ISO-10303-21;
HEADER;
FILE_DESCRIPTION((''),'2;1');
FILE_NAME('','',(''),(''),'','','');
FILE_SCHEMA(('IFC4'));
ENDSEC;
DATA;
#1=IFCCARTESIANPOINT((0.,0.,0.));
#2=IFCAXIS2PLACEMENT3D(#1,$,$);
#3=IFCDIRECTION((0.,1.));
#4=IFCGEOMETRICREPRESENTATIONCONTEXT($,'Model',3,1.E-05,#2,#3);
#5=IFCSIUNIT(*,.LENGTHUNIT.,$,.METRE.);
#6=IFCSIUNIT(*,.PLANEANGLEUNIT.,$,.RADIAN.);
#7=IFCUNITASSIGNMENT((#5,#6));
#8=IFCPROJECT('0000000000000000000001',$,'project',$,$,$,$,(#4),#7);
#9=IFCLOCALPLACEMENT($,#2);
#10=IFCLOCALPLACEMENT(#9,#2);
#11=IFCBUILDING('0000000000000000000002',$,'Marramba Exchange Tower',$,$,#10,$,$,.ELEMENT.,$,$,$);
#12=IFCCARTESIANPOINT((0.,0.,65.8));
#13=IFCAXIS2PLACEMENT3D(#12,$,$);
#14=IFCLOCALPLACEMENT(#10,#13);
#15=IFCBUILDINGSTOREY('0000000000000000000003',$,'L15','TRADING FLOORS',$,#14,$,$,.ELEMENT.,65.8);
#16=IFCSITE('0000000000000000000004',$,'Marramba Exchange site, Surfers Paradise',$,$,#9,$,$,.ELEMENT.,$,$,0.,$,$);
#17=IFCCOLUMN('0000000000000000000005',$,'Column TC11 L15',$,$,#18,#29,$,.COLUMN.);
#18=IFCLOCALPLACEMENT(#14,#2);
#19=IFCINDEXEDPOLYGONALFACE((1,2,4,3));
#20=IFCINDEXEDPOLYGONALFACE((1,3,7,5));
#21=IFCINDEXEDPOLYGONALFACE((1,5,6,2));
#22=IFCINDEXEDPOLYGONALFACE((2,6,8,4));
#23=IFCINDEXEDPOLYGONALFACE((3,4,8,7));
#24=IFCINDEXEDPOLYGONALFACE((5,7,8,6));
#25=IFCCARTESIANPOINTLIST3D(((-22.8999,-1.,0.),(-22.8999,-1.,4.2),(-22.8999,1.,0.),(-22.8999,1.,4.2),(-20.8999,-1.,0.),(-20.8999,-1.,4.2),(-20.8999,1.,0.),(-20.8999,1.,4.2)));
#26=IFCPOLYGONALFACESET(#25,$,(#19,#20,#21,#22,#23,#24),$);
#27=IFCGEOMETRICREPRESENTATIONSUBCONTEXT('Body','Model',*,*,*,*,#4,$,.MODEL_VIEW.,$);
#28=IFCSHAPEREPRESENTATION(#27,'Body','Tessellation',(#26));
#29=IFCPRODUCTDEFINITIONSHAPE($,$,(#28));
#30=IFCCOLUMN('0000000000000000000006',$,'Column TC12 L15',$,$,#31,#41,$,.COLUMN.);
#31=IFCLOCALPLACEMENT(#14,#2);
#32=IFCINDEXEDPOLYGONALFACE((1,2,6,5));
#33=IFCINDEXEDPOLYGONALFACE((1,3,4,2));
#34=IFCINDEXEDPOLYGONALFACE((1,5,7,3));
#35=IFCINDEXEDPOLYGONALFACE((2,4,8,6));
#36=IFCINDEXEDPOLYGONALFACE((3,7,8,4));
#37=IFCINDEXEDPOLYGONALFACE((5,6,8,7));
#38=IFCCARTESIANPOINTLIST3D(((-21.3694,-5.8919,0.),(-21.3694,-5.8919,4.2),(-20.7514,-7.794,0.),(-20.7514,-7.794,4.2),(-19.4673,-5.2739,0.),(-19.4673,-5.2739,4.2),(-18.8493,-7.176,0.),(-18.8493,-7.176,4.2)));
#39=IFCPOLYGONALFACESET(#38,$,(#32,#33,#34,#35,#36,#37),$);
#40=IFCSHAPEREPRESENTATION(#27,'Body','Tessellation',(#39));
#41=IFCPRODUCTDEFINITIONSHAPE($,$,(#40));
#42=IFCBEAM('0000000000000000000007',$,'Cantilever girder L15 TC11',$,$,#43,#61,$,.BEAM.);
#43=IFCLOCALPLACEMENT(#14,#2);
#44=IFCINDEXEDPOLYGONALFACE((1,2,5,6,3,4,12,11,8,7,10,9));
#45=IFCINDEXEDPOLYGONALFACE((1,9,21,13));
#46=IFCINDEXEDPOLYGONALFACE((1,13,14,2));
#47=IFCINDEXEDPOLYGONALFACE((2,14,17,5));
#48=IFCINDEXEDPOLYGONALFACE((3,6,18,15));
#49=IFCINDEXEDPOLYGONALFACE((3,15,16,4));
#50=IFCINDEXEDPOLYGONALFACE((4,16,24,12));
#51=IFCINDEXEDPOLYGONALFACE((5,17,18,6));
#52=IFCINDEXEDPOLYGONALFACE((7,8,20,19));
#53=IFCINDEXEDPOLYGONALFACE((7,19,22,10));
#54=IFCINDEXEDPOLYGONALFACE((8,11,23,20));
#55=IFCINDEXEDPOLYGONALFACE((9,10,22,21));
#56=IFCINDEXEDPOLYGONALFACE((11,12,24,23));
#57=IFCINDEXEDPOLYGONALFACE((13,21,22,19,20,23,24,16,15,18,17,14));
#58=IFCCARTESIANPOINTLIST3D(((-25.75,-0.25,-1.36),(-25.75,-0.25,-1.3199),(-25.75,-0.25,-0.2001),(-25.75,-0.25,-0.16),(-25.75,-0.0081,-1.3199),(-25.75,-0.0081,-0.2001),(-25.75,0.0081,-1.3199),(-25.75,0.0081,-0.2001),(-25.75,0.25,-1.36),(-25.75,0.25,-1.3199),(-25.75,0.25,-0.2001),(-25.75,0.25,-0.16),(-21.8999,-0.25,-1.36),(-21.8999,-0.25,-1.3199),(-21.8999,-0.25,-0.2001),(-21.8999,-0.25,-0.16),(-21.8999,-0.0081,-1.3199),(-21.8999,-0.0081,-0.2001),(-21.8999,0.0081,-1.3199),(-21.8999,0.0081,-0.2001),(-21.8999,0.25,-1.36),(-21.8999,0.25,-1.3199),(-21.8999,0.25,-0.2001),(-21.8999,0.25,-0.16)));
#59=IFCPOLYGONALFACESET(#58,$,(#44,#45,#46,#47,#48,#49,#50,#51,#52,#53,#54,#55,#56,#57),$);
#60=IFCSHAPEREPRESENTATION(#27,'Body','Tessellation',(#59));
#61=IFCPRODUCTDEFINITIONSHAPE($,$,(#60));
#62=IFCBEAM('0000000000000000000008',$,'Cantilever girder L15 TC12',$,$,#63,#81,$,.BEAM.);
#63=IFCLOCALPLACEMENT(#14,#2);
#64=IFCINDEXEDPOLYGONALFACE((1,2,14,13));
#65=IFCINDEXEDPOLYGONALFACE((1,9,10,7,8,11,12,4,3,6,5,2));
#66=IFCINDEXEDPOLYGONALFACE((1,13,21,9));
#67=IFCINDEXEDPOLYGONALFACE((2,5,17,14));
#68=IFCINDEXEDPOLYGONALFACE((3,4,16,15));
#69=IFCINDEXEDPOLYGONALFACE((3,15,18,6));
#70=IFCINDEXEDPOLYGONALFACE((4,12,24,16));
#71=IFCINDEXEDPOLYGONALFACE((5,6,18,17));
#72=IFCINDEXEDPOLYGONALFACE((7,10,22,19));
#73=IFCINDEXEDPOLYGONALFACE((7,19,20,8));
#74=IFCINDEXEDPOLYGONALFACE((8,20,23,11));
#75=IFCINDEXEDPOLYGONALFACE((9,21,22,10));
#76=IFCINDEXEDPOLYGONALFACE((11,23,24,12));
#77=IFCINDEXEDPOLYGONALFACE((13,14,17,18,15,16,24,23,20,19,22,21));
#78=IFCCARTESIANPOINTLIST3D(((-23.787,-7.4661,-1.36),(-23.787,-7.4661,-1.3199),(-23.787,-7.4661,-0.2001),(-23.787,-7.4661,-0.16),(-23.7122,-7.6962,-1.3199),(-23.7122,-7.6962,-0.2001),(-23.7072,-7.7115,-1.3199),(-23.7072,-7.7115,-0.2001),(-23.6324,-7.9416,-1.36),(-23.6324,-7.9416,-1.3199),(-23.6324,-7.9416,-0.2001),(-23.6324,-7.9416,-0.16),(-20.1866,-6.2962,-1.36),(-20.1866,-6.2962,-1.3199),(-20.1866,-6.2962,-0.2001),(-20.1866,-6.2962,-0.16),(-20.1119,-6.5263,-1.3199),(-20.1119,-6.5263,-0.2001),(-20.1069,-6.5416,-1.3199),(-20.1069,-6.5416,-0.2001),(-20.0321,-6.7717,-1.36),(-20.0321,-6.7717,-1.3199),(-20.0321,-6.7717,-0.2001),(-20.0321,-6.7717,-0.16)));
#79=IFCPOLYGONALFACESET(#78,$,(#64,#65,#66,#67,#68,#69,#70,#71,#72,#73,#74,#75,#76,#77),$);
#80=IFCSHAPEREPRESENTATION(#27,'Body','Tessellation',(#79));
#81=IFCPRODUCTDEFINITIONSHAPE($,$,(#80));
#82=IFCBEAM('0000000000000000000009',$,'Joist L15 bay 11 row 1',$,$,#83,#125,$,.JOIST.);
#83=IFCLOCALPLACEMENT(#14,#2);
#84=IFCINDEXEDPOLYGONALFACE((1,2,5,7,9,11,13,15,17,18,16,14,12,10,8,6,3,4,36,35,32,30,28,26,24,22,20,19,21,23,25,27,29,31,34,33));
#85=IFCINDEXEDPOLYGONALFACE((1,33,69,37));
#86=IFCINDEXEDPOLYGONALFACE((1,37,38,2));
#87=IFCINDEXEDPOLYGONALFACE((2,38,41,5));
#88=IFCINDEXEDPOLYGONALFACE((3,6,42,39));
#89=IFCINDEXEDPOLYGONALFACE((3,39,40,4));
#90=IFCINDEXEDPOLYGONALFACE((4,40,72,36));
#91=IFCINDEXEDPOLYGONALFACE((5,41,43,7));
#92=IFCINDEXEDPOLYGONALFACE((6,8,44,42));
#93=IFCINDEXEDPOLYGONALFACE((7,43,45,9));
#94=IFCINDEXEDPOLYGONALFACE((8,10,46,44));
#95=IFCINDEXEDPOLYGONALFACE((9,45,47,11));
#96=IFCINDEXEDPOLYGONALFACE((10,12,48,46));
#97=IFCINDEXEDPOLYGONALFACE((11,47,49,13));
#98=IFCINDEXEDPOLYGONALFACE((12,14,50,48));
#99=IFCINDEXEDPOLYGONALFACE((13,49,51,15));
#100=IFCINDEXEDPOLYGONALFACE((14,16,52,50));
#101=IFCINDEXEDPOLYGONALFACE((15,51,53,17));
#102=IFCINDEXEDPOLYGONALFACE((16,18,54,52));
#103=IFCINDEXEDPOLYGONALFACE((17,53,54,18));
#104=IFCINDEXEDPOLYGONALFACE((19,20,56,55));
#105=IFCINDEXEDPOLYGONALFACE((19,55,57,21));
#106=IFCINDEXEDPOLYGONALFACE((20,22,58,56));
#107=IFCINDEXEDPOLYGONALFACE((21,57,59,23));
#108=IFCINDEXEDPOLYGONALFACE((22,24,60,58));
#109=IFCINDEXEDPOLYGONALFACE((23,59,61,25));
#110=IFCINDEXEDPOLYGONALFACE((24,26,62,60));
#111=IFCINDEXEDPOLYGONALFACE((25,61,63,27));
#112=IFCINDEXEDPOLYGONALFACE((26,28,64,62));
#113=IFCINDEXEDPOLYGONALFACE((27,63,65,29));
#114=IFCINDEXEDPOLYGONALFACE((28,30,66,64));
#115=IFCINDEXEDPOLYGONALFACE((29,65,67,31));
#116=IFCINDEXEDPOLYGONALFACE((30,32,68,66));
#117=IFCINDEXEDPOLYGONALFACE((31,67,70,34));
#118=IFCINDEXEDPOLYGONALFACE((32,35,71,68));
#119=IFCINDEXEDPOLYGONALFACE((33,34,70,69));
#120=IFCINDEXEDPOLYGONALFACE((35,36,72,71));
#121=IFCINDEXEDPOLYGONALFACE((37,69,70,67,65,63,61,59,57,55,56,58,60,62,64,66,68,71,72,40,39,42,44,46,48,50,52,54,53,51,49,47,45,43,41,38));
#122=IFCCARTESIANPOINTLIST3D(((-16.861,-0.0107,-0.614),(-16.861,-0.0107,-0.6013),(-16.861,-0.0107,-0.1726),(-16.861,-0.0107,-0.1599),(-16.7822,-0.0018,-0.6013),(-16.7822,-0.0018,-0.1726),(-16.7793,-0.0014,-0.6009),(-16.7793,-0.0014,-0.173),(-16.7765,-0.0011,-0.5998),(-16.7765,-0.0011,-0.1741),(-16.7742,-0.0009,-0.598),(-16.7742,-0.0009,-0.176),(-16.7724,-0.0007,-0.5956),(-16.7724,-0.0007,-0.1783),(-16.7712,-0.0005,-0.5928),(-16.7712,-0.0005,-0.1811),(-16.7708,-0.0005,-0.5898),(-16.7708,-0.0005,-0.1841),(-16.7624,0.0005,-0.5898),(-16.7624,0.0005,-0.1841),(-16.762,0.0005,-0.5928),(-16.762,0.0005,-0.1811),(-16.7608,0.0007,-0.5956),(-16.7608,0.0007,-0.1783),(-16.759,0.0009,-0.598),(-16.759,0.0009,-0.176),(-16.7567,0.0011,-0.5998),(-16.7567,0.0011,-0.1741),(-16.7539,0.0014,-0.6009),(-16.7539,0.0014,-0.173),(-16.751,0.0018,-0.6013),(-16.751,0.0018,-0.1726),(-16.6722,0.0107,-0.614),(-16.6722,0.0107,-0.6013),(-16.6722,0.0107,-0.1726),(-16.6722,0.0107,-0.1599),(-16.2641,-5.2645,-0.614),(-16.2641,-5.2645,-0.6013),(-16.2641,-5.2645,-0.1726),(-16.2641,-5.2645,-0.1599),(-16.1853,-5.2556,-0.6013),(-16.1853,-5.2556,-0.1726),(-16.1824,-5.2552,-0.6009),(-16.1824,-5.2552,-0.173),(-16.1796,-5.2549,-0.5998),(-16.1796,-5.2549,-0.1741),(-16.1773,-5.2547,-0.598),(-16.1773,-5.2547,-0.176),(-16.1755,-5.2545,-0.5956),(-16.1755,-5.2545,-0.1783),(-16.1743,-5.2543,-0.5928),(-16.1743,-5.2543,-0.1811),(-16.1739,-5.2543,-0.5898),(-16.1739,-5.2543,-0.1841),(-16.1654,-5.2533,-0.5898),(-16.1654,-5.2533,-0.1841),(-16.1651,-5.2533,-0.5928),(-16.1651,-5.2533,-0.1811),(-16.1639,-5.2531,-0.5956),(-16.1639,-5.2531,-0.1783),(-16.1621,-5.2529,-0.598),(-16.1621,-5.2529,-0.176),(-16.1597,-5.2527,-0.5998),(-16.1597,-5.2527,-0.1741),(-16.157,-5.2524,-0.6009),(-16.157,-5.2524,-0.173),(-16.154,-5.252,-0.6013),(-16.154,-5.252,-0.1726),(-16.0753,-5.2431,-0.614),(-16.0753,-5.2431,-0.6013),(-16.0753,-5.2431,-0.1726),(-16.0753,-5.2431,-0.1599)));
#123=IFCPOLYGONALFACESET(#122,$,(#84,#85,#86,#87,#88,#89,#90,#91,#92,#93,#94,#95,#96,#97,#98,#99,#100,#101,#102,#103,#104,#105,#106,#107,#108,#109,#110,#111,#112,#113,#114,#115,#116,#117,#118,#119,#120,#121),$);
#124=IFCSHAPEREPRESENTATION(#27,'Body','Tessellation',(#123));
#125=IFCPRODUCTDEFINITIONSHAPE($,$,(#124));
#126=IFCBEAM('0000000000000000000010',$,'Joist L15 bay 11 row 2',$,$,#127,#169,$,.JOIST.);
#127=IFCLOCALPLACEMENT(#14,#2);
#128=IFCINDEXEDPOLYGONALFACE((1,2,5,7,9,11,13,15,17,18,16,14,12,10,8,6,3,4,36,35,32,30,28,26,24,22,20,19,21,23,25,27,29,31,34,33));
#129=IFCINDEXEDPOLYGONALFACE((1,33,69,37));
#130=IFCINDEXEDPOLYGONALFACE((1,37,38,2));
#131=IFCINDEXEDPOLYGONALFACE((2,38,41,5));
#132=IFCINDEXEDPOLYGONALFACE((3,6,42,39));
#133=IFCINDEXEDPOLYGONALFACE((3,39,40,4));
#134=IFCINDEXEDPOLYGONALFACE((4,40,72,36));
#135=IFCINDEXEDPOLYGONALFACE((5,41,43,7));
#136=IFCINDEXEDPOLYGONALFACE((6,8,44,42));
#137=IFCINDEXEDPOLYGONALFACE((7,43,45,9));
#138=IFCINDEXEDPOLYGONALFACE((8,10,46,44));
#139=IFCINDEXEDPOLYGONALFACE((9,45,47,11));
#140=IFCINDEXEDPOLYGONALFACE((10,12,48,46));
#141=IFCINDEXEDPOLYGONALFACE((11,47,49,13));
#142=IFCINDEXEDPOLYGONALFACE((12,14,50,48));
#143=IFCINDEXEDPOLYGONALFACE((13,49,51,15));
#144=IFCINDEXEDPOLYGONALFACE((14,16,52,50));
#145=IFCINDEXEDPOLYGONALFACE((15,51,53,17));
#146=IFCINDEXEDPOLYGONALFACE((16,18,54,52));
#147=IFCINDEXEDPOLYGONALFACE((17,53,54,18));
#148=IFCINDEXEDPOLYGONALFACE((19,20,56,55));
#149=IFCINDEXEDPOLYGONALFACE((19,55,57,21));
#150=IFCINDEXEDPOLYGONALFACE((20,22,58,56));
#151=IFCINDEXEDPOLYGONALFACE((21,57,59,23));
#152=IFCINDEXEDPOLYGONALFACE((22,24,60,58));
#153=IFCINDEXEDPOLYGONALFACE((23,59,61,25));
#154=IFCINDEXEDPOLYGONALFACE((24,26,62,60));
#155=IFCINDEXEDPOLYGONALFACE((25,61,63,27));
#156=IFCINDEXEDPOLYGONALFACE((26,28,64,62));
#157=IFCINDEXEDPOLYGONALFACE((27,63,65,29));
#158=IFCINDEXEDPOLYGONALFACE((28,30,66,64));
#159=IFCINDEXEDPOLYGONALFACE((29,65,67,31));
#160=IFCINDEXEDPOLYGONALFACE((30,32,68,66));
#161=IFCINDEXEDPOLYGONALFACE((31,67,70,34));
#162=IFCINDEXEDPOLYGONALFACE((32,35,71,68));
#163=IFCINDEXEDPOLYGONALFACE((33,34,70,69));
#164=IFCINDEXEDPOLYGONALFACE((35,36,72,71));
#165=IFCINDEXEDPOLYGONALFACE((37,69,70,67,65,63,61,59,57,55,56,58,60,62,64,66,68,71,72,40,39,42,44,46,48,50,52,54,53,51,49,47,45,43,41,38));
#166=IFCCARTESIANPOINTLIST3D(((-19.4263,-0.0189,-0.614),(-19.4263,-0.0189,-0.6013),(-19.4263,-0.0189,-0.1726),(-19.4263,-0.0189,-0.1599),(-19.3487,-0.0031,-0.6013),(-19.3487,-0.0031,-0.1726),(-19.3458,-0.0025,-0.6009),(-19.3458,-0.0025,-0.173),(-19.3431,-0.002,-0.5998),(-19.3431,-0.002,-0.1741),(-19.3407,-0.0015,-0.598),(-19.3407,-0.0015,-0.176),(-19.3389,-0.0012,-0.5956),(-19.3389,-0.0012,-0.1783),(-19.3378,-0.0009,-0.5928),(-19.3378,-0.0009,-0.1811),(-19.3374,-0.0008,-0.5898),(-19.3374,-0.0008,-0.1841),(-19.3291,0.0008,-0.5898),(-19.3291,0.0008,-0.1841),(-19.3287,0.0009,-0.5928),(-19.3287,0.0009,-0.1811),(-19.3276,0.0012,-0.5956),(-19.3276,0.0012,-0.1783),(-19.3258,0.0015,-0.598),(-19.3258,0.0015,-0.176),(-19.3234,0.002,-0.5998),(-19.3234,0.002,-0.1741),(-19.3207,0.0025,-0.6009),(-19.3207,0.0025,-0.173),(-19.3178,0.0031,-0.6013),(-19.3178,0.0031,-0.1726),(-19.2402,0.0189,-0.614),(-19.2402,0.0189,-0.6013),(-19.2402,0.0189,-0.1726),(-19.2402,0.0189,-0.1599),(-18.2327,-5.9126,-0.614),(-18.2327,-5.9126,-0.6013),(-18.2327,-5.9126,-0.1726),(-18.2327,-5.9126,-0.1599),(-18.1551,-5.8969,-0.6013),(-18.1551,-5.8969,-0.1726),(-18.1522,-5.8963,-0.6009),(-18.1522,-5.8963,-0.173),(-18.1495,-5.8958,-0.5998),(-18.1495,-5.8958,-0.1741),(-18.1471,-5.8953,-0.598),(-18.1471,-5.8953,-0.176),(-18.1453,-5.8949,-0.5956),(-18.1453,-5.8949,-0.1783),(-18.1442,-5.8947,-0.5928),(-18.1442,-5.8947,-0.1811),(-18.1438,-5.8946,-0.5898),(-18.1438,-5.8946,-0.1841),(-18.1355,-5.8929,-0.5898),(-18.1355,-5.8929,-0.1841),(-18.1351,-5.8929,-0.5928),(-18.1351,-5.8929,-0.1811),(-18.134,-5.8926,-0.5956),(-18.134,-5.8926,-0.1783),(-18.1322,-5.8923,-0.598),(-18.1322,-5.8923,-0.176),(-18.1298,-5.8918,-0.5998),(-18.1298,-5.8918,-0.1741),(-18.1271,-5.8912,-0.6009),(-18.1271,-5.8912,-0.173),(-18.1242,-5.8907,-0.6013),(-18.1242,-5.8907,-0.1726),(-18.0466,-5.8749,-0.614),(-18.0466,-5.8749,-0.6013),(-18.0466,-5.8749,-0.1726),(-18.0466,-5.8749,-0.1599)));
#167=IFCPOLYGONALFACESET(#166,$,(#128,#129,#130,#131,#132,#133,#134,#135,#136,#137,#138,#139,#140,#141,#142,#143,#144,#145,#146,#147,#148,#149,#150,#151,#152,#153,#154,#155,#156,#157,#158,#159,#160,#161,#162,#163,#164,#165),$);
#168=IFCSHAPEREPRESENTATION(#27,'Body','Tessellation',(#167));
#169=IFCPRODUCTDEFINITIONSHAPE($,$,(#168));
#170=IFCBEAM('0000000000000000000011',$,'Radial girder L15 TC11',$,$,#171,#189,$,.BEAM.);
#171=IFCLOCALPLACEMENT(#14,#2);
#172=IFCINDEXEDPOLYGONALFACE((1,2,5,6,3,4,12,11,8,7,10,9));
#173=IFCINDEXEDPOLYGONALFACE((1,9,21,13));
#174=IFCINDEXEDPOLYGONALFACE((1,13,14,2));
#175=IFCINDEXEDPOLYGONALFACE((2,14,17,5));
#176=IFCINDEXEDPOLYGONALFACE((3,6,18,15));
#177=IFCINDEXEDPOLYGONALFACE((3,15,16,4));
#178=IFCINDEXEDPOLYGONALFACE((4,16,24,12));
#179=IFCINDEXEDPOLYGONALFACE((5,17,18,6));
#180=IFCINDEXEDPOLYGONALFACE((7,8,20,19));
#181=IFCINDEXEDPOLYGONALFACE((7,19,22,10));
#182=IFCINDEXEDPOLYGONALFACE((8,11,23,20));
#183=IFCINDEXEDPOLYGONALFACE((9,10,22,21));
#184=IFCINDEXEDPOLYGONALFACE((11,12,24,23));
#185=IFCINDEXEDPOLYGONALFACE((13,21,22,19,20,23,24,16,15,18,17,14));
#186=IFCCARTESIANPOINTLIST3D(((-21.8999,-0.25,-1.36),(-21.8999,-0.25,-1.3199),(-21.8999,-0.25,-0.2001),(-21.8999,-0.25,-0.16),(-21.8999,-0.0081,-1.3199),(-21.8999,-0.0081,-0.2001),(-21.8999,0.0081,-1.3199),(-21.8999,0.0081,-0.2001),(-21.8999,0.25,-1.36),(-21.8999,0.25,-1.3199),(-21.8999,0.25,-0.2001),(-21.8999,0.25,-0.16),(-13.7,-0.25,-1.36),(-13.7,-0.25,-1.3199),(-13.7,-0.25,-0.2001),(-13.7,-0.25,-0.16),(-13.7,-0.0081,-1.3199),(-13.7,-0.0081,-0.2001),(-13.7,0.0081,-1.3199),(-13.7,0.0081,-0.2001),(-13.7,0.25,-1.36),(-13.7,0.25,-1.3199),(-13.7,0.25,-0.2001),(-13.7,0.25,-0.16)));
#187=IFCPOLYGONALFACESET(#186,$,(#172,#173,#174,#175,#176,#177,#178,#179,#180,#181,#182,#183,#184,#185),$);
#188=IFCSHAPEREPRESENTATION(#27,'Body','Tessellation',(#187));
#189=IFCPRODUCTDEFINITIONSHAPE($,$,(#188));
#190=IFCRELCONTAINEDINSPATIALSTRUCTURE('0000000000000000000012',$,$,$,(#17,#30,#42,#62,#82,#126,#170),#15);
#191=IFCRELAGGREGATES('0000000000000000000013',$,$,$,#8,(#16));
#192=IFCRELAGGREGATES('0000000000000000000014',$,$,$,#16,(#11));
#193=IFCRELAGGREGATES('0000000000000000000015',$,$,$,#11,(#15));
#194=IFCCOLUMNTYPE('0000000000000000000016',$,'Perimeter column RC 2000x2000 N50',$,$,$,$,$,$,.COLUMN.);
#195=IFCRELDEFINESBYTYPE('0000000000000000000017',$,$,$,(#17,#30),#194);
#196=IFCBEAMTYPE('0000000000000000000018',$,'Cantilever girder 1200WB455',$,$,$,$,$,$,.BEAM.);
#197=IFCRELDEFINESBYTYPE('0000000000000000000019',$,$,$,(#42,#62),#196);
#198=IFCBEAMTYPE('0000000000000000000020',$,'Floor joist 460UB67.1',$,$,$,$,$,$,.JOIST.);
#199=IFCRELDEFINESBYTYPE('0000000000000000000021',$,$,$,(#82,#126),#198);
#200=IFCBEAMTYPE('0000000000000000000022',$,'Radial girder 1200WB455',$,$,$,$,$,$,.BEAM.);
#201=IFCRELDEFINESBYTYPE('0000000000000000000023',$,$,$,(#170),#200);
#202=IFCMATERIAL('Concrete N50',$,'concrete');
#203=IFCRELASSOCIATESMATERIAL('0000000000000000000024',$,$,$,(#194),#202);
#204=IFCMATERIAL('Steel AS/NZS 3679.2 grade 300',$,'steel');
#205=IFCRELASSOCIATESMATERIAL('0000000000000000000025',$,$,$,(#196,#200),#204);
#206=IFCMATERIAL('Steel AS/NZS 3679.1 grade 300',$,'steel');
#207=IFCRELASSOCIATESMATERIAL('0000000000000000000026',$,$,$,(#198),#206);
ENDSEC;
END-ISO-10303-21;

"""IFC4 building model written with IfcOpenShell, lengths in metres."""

from ifc_helpers import new_model, si_unit, direction, frame, origin, origin_2d, place, context, subcontext, project, spatial, rectangle, i_section, extrude, material, material_profile, profile_set, type_object, element, save


model = new_model("IFC4")

# Units and contexts
model_context = context("Model", 3, precision=1e-05, world=origin(), true_north=direction((0.0, 1.0)))
body_context = subcontext(model_context, "Body", "Model", "MODEL_VIEW")
ifc_project = project(units=[si_unit("LENGTHUNIT", "METRE"), si_unit("PLANEANGLEUNIT", "RADIAN")], contexts=[model_context])

# Site, building, storey
site_placement = place(None, origin())
site = spatial("IfcSite", under=ifc_project, at=site_placement, Name="Marramba Exchange site, Surfers Paradise", CompositionType="ELEMENT", RefElevation=0.0)
building_placement = place(site_placement, origin())
building = spatial("IfcBuilding", under=site, at=building_placement, Name="Marramba Exchange Tower", CompositionType="ELEMENT")
storey_placement = place(building_placement, frame((0.0, 0.0, 65.8)))
storey = spatial("IfcBuildingStorey", under=building, at=storey_placement, Name="L15", Description="TRADING FLOORS", CompositionType="ELEMENT", Elevation=65.8)

# Columns
ifc_material_1 = material(Name="Concrete N50", Category="concrete")
ifc_material_profile_1 = material_profile(ifc_material_1, rectangle(XDim=2.0, YDim=2.0, at=origin_2d()), Name="RC 2000x2000")
ifc_profile_set_1 = profile_set([ifc_material_profile_1], Name="Concrete N50")
column_type = type_object("IfcColumnType", Name="Perimeter column RC 2000x2000 N50", PredefinedType="COLUMN", material=ifc_profile_set_1)
for number, where, z_axis, x_axis, name in (
    (1, (-21.8999, 0.0, 0.0), (0.0, 0.0, 1.0), (-1.0, 0.0, 0.0), "Column TC11 L15"),
    (2, (-20.1094, -6.5339, 0.0), (0.0, 0.0, 1.0), (-0.951057, -0.309017, 0.0), "Column TC12 L15"),
):
    element("IfcColumn", number, at=place(storey_placement, frame(where, z_axis=z_axis, x_axis=x_axis)), inside=storey, type_object=column_type, Name=name, PredefinedType="COLUMN", context=body_context, shape_type="SweptSolid", body=[
        extrude(rectangle(XDim=2.0, YDim=2.0, at=origin_2d()), origin(), (0.0, 0.0, 1.0), 4.2),
    ])

# Beams
ifc_material_2 = material(Name="Steel AS/NZS 3679.2 grade 300", Category="steel")
ifc_material_profile_2 = material_profile(ifc_material_2, i_section(OverallWidth=0.5, OverallDepth=1.2, WebThickness=0.0161, FlangeThickness=0.04, at=origin_2d()), Name="1200WB455")
ifc_profile_set_2 = profile_set([ifc_material_profile_2], Name="Steel AS/NZS 3679.2 grade 300")
beam_type_1 = type_object("IfcBeamType", Name="Cantilever girder 1200WB455", PredefinedType="BEAM", material=ifc_profile_set_2)
beam_1_placement = place(storey_placement, frame((-21.8999, 0.0, -0.76), z_axis=(-1.0, 0.0, 0.0), x_axis=(0.0, -1.0, 0.0)))
element("IfcBeam", 3, at=beam_1_placement, inside=storey, type_object=beam_type_1, Name="Cantilever girder L15 TC11", PredefinedType="BEAM", context=body_context, shape_type="SweptSolid", body=[
    extrude(i_section(OverallWidth=0.5, OverallDepth=1.2, WebThickness=0.0161, FlangeThickness=0.04, at=origin_2d()), origin(), (0.0, 0.0, 1.0), 3.8501),
])
beam_2_placement = place(storey_placement, frame((-20.1094, -6.5339, -0.76), z_axis=(-0.951049, -0.309041, 0.0), x_axis=(0.309041, -0.951049, 0.0)))
element("IfcBeam", 4, at=beam_2_placement, inside=storey, type_object=beam_type_1, Name="Cantilever girder L15 TC12", PredefinedType="BEAM", context=body_context, shape_type="SweptSolid", body=[
    extrude(i_section(OverallWidth=0.5, OverallDepth=1.2, WebThickness=0.0161, FlangeThickness=0.04, at=origin_2d()), origin(), (0.0, 0.0, 1.0), 3.7856),
])
ifc_material_3 = material(Name="Steel AS/NZS 3679.1 grade 300", Category="steel")
ifc_material_profile_3 = material_profile(ifc_material_3, i_section(OverallWidth=0.1899, OverallDepth=0.4541, WebThickness=0.0085, FlangeThickness=0.0127, FilletRadius=0.0115, at=origin_2d()), Name="460UB67.1")
ifc_profile_set_3 = profile_set([ifc_material_profile_3], Name="Steel AS/NZS 3679.1 grade 300")
beam_type_2 = type_object("IfcBeamType", Name="Floor joist 460UB67.1", PredefinedType="JOIST", material=ifc_profile_set_3)
beam_3_placement = place(storey_placement, frame((-16.7666, 0.0, -0.387), z_axis=(0.112889, -0.993608, 0.0), x_axis=(0.993608, 0.112889, 0.0)))
element("IfcBeam", 5, at=beam_3_placement, inside=storey, type_object=beam_type_2, Name="Joist L15 bay 11 row 1", PredefinedType="JOIST", context=body_context, shape_type="SweptSolid", body=[
    extrude(i_section(OverallWidth=0.1899, OverallDepth=0.4541, WebThickness=0.0085, FlangeThickness=0.0127, FilletRadius=0.0115, at=origin_2d()), origin(), (0.0, 0.0, 1.0), 5.2876),
])
beam_4_placement = place(storey_placement, frame((-19.3333, 0.0, -0.387), z_axis=(0.198489, -0.980103, 0.0), x_axis=(0.980103, 0.198489, 0.0)))
element("IfcBeam", 6, at=beam_4_placement, inside=storey, type_object=beam_type_2, Name="Joist L15 bay 11 row 2", PredefinedType="JOIST", context=body_context, shape_type="SweptSolid", body=[
    extrude(i_section(OverallWidth=0.1899, OverallDepth=0.4541, WebThickness=0.0085, FlangeThickness=0.0127, FilletRadius=0.0115, at=origin_2d()), origin(), (0.0, 0.0, 1.0), 6.0134),
])
ifc_material_profile_4 = material_profile(ifc_material_2, i_section(OverallWidth=0.5, OverallDepth=1.2, WebThickness=0.0161, FlangeThickness=0.04, at=origin_2d()), Name="1200WB455")
ifc_profile_set_4 = profile_set([ifc_material_profile_4], Name="Steel AS/NZS 3679.2 grade 300")
beam_type_3 = type_object("IfcBeamType", Name="Radial girder 1200WB455", PredefinedType="BEAM", material=ifc_profile_set_4)
beam_5_placement = place(storey_placement, frame((-13.7, 0.0, -0.76), z_axis=(-1.0, 0.0, 0.0), x_axis=(0.0, -1.0, 0.0)))
element("IfcBeam", 7, at=beam_5_placement, inside=storey, type_object=beam_type_3, Name="Radial girder L15 TC11", PredefinedType="BEAM", context=body_context, shape_type="SweptSolid", body=[
    extrude(i_section(OverallWidth=0.5, OverallDepth=1.2, WebThickness=0.0161, FlangeThickness=0.04, at=origin_2d()), origin(), (0.0, 0.0, 1.0), 8.2),
])

save(model, "model.ifc")
